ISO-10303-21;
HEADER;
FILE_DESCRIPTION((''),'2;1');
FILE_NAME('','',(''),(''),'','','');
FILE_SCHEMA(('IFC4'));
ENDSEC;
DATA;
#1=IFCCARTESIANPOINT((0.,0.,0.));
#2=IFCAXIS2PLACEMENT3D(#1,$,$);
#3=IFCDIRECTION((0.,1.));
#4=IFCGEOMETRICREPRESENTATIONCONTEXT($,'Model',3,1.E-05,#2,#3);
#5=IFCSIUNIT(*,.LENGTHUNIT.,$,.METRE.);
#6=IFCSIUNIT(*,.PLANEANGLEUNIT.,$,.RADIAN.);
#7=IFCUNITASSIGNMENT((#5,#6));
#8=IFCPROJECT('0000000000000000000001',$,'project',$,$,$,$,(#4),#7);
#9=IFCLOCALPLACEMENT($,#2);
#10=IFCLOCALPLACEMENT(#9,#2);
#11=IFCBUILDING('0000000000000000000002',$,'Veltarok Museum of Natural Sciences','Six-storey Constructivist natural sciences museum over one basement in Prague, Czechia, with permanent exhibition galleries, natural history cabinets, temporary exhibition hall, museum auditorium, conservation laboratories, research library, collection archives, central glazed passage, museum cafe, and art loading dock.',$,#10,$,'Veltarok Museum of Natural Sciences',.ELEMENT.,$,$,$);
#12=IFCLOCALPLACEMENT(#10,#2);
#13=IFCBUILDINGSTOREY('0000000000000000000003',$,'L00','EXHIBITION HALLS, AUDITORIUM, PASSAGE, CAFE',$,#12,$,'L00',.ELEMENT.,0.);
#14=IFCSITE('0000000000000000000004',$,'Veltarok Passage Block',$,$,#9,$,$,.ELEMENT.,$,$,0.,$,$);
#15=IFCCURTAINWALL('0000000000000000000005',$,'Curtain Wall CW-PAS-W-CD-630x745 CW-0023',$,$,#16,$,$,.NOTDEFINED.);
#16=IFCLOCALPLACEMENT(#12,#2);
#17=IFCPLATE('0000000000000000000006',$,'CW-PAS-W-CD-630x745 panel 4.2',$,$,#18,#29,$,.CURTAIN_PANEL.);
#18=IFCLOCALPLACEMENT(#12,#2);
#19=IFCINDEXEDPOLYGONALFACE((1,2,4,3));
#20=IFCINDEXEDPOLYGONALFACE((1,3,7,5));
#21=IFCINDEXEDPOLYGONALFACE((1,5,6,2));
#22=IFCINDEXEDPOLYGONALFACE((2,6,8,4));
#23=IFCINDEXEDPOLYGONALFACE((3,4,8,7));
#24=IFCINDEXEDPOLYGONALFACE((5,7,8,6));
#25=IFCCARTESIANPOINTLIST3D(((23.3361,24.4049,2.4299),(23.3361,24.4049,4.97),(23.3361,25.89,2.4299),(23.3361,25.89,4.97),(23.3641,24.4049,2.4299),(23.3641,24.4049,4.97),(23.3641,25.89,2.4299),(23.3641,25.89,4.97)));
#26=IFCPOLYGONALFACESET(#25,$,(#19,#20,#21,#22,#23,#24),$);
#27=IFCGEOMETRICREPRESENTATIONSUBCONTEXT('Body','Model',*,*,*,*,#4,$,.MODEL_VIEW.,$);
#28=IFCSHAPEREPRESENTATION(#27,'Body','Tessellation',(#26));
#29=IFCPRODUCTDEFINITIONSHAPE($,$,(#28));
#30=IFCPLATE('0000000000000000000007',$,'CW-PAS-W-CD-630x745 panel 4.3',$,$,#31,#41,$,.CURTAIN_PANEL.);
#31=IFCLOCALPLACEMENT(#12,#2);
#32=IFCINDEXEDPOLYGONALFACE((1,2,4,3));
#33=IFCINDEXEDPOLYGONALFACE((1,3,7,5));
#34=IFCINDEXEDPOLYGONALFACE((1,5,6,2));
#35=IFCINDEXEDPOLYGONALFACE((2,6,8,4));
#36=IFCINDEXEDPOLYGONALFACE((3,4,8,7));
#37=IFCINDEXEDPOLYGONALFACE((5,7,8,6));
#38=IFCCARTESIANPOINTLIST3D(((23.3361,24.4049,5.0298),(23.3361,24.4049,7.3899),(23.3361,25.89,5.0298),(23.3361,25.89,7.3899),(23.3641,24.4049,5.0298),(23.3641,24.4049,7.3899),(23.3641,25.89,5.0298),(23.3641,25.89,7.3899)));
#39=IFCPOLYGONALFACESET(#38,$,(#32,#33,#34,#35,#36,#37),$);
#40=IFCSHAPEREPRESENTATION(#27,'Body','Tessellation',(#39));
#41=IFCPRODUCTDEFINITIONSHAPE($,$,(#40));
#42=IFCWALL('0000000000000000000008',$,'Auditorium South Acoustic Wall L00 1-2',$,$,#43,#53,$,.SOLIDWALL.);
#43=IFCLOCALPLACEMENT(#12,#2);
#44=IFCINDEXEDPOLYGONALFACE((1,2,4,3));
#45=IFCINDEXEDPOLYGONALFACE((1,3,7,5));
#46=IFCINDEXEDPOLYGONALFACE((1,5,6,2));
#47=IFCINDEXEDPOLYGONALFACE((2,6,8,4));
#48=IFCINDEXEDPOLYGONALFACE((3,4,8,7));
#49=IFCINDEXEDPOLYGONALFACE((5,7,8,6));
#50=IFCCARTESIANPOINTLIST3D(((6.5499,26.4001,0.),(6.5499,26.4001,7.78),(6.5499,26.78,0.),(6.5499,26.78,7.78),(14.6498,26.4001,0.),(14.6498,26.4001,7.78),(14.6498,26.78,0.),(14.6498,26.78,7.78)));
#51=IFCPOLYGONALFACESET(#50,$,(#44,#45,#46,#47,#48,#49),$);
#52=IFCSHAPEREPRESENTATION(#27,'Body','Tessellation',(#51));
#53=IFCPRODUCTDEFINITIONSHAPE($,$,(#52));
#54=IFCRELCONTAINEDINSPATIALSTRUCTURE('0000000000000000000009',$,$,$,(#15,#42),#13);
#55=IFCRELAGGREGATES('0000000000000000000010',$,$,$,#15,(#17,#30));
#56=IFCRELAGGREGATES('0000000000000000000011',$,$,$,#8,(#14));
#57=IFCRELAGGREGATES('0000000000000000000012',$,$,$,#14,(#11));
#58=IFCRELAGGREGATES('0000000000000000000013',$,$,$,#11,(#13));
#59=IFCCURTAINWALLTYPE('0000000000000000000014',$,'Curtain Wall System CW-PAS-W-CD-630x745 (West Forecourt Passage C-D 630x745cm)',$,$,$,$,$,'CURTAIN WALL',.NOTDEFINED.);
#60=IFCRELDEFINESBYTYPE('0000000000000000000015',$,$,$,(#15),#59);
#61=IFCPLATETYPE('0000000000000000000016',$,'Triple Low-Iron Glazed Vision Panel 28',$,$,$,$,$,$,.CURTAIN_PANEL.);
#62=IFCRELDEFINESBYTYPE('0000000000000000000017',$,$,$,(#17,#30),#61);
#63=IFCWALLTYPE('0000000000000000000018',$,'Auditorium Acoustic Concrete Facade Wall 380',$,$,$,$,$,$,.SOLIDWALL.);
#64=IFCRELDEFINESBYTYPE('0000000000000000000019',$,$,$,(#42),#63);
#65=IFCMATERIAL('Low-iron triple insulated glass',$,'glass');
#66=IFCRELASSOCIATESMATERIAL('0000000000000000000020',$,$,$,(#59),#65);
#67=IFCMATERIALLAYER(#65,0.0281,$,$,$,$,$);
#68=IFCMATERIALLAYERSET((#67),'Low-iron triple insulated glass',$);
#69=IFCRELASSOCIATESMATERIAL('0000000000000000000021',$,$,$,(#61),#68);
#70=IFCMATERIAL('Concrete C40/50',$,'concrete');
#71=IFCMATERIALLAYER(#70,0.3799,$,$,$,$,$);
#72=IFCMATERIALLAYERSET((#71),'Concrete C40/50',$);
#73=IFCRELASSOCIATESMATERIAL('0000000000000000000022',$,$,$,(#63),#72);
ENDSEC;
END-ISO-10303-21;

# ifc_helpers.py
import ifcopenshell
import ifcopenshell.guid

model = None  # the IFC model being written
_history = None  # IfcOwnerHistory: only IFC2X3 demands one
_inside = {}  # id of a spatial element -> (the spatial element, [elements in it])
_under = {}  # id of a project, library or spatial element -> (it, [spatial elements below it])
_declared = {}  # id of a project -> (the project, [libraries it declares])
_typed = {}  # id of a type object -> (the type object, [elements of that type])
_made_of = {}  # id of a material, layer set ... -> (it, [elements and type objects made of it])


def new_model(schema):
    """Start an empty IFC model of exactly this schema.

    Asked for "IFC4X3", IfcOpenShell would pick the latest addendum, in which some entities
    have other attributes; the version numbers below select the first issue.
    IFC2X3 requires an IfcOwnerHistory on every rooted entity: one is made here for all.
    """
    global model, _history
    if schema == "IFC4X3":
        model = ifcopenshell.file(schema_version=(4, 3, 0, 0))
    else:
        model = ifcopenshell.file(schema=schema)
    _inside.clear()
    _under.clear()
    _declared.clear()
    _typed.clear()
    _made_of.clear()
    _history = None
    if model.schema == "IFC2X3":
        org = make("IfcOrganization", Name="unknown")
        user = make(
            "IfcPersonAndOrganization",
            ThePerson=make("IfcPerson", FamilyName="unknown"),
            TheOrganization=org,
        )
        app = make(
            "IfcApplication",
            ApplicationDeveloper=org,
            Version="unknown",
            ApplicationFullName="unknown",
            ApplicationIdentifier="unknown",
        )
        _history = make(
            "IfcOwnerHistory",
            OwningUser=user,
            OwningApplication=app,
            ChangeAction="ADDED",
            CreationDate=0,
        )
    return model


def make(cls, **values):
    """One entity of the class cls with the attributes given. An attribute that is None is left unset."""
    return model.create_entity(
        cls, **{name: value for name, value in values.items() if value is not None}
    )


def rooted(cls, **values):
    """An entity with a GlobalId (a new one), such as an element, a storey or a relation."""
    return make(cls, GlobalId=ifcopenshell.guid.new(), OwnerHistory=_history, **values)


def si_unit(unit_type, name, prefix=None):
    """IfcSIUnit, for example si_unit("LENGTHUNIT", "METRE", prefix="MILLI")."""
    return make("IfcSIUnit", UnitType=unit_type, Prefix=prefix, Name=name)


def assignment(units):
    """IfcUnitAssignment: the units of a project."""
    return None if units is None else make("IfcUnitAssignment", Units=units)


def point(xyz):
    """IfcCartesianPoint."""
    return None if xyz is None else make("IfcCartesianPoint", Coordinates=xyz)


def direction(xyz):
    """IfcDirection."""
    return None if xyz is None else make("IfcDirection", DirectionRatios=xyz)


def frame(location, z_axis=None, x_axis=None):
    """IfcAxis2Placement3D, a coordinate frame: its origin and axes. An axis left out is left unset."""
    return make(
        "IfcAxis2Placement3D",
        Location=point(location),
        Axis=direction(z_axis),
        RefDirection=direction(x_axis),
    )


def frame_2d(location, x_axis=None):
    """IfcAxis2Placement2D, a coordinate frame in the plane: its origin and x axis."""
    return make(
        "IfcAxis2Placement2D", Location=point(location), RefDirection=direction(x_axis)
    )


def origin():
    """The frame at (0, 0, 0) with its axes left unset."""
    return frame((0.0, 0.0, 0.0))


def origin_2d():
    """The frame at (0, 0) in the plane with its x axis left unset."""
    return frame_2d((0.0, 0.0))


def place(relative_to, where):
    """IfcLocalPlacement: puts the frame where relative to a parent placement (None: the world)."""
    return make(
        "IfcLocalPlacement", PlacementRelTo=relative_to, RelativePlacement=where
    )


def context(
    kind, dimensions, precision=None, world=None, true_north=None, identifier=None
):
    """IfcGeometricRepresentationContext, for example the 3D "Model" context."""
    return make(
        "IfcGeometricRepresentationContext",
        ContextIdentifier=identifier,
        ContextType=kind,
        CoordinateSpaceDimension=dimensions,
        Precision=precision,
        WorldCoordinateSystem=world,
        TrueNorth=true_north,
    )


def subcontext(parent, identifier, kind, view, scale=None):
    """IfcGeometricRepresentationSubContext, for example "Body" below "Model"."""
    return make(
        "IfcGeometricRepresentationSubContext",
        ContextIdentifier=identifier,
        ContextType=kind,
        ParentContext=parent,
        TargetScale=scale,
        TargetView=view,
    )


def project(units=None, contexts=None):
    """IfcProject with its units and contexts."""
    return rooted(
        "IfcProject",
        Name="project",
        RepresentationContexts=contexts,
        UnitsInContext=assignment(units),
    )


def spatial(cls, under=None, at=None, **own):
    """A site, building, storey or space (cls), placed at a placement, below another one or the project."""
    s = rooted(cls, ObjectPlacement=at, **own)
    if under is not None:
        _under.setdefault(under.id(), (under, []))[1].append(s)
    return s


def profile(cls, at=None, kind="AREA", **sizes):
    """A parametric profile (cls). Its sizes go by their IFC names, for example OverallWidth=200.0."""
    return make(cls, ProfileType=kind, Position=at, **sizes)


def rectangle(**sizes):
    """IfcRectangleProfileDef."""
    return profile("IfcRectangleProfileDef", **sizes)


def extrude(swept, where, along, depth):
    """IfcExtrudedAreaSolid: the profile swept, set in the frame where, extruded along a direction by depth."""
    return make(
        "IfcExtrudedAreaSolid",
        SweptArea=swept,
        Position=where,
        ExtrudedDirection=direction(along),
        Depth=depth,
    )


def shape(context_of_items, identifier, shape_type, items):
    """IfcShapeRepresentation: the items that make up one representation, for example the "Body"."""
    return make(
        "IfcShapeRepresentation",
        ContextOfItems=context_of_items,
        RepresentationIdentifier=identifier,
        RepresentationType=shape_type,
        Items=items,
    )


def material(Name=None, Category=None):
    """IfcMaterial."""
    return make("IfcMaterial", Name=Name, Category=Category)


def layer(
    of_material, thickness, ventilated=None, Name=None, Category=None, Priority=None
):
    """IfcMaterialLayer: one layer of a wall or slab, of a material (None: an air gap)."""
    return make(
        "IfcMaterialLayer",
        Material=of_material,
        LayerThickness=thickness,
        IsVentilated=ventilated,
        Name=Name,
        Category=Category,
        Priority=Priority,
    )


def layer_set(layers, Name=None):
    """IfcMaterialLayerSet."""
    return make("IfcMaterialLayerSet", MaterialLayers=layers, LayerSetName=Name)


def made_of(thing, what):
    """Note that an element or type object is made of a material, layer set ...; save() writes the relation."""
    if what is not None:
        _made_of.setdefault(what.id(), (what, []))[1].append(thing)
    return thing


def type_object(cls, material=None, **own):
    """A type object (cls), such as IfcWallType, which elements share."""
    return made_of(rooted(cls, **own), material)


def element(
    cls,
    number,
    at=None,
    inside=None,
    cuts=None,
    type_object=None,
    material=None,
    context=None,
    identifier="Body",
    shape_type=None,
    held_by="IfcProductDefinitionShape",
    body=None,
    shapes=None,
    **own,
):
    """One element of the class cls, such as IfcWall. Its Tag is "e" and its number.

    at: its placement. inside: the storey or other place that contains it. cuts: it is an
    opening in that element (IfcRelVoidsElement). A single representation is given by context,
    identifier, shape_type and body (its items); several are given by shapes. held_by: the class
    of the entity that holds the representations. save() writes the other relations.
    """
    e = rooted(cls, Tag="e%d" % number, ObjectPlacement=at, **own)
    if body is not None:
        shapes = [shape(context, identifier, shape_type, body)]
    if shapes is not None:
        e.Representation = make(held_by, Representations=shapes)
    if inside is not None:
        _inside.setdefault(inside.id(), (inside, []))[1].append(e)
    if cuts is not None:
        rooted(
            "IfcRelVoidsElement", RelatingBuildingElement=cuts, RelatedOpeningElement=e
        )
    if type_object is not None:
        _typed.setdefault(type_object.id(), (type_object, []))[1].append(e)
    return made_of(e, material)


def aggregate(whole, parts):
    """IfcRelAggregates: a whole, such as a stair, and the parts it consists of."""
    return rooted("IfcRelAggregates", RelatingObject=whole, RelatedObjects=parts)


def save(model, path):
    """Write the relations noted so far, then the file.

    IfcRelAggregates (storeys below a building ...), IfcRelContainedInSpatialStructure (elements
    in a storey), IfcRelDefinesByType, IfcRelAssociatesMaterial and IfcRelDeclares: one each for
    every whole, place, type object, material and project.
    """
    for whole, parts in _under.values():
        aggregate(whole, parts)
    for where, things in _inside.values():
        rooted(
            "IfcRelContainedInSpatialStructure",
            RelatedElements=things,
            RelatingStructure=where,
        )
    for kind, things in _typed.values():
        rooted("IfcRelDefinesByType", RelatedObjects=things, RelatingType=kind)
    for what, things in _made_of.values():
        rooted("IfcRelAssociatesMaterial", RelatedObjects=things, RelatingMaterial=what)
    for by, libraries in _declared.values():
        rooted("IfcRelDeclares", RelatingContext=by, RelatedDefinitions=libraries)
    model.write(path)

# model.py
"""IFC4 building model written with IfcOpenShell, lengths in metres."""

from ifc_helpers import new_model, si_unit, direction, frame, frame_2d, origin, origin_2d, place, context, subcontext, project, spatial, rectangle, extrude, material, layer, layer_set, type_object, element, aggregate, save


model = new_model("IFC4")

# Units and contexts
model_context = context("Model", 3, precision=1e-05, world=origin(), true_north=direction((0.0, 1.0)))
body_context = subcontext(model_context, "Body", "Model", "MODEL_VIEW")
ifc_project = project(units=[si_unit("LENGTHUNIT", "METRE"), si_unit("PLANEANGLEUNIT", "RADIAN")], contexts=[model_context])

# Site, building, storey
site_placement = place(None, origin())
site = spatial("IfcSite", under=ifc_project, at=site_placement, Name="Veltarok Passage Block", CompositionType="ELEMENT", RefElevation=0.0)
building_placement = place(site_placement, origin())
building = spatial("IfcBuilding", under=site, at=building_placement, Name="Veltarok Museum of Natural Sciences", Description="Six-storey Constructivist natural sciences museum over one basement in Prague, Czechia, with permanent exhibition galleries, natural history cabinets, temporary exhibition hall, museum auditorium, conservation laboratories, research library, collection archives, central glazed passage, museum cafe, and art loading dock.", LongName="Veltarok Museum of Natural Sciences", CompositionType="ELEMENT")
storey_placement = place(building_placement, origin())
storey = spatial("IfcBuildingStorey", under=building, at=storey_placement, Name="L00", Description="EXHIBITION HALLS, AUDITORIUM, PASSAGE, CAFE", LongName="L00", CompositionType="ELEMENT", Elevation=0.0)

# Curtain wall
ifc_material_1 = material(Name="Low-iron triple insulated glass", Category="glass")
curtain_wall_type = type_object("IfcCurtainWallType", Name="Curtain Wall System CW-PAS-W-CD-630x745 (West Forecourt Passage C-D 630x745cm)", ElementType="CURTAIN WALL", PredefinedType="NOTDEFINED", material=ifc_material_1)
curtain_wall_placement = place(storey_placement, origin())
curtain_wall = element("IfcCurtainWall", 1, at=curtain_wall_placement, inside=storey, type_object=curtain_wall_type, Name="Curtain Wall CW-PAS-W-CD-630x745 CW-0023", PredefinedType="NOTDEFINED")

# Plates
ifc_layer_1 = layer(ifc_material_1, 0.0281)
ifc_layer_set_1 = layer_set([ifc_layer_1], Name="Low-iron triple insulated glass")
plate_type = type_object("IfcPlateType", Name="Triple Low-Iron Glazed Vision Panel 28", PredefinedType="CURTAIN_PANEL", material=ifc_layer_set_1)
plate_1_placement = place(storey_placement, frame((23.3501, 25.1475, 2.4299), z_axis=(0.0, 0.0, 1.0), x_axis=(0.0, 1.0, 0.0)))
plate_1 = element("IfcPlate", 2, at=plate_1_placement, type_object=plate_type, Name="CW-PAS-W-CD-630x745 panel 4.2", PredefinedType="CURTAIN_PANEL", context=body_context, shape_type="SweptSolid", body=[
    extrude(rectangle(XDim=1.4851, YDim=0.0281, at=origin_2d()), origin(), (0.0, 0.0, 1.0), 2.54),
])
plate_2_placement = place(storey_placement, frame((23.3501, 25.1475, 5.0298), z_axis=(0.0, 0.0, 1.0), x_axis=(0.0, 1.0, 0.0)))
plate_2 = element("IfcPlate", 3, at=plate_2_placement, type_object=plate_type, Name="CW-PAS-W-CD-630x745 panel 4.3", PredefinedType="CURTAIN_PANEL", context=body_context, shape_type="SweptSolid", body=[
    extrude(rectangle(XDim=1.4851, YDim=0.0281, at=origin_2d()), origin(), (0.0, 0.0, 1.0), 2.3601),
])
aggregate(curtain_wall, [plate_1, plate_2])

# Wall
ifc_material_2 = material(Name="Concrete C40/50", Category="concrete")
ifc_layer_2 = layer(ifc_material_2, 0.3799)
ifc_layer_set_2 = layer_set([ifc_layer_2], Name="Concrete C40/50")
wall_type = type_object("IfcWallType", Name="Auditorium Acoustic Concrete Facade Wall 380", PredefinedType="SOLIDWALL", material=ifc_layer_set_2)
wall_placement = place(storey_placement, frame((6.55, 26.5901, 0.0), z_axis=(0.0, 0.0, 1.0), x_axis=(1.0, 0.0, 0.0)))
element("IfcWall", 4, at=wall_placement, inside=storey, type_object=wall_type, Name="Auditorium South Acoustic Wall L00 1-2", PredefinedType="SOLIDWALL", context=body_context, shape_type="SweptSolid", body=[
    extrude(rectangle(XDim=8.0999, YDim=0.3799, at=frame_2d((4.0498, 0.0))), origin(), (0.0, 0.0, 1.0), 7.78),
])

save(model, "model.ifc")
